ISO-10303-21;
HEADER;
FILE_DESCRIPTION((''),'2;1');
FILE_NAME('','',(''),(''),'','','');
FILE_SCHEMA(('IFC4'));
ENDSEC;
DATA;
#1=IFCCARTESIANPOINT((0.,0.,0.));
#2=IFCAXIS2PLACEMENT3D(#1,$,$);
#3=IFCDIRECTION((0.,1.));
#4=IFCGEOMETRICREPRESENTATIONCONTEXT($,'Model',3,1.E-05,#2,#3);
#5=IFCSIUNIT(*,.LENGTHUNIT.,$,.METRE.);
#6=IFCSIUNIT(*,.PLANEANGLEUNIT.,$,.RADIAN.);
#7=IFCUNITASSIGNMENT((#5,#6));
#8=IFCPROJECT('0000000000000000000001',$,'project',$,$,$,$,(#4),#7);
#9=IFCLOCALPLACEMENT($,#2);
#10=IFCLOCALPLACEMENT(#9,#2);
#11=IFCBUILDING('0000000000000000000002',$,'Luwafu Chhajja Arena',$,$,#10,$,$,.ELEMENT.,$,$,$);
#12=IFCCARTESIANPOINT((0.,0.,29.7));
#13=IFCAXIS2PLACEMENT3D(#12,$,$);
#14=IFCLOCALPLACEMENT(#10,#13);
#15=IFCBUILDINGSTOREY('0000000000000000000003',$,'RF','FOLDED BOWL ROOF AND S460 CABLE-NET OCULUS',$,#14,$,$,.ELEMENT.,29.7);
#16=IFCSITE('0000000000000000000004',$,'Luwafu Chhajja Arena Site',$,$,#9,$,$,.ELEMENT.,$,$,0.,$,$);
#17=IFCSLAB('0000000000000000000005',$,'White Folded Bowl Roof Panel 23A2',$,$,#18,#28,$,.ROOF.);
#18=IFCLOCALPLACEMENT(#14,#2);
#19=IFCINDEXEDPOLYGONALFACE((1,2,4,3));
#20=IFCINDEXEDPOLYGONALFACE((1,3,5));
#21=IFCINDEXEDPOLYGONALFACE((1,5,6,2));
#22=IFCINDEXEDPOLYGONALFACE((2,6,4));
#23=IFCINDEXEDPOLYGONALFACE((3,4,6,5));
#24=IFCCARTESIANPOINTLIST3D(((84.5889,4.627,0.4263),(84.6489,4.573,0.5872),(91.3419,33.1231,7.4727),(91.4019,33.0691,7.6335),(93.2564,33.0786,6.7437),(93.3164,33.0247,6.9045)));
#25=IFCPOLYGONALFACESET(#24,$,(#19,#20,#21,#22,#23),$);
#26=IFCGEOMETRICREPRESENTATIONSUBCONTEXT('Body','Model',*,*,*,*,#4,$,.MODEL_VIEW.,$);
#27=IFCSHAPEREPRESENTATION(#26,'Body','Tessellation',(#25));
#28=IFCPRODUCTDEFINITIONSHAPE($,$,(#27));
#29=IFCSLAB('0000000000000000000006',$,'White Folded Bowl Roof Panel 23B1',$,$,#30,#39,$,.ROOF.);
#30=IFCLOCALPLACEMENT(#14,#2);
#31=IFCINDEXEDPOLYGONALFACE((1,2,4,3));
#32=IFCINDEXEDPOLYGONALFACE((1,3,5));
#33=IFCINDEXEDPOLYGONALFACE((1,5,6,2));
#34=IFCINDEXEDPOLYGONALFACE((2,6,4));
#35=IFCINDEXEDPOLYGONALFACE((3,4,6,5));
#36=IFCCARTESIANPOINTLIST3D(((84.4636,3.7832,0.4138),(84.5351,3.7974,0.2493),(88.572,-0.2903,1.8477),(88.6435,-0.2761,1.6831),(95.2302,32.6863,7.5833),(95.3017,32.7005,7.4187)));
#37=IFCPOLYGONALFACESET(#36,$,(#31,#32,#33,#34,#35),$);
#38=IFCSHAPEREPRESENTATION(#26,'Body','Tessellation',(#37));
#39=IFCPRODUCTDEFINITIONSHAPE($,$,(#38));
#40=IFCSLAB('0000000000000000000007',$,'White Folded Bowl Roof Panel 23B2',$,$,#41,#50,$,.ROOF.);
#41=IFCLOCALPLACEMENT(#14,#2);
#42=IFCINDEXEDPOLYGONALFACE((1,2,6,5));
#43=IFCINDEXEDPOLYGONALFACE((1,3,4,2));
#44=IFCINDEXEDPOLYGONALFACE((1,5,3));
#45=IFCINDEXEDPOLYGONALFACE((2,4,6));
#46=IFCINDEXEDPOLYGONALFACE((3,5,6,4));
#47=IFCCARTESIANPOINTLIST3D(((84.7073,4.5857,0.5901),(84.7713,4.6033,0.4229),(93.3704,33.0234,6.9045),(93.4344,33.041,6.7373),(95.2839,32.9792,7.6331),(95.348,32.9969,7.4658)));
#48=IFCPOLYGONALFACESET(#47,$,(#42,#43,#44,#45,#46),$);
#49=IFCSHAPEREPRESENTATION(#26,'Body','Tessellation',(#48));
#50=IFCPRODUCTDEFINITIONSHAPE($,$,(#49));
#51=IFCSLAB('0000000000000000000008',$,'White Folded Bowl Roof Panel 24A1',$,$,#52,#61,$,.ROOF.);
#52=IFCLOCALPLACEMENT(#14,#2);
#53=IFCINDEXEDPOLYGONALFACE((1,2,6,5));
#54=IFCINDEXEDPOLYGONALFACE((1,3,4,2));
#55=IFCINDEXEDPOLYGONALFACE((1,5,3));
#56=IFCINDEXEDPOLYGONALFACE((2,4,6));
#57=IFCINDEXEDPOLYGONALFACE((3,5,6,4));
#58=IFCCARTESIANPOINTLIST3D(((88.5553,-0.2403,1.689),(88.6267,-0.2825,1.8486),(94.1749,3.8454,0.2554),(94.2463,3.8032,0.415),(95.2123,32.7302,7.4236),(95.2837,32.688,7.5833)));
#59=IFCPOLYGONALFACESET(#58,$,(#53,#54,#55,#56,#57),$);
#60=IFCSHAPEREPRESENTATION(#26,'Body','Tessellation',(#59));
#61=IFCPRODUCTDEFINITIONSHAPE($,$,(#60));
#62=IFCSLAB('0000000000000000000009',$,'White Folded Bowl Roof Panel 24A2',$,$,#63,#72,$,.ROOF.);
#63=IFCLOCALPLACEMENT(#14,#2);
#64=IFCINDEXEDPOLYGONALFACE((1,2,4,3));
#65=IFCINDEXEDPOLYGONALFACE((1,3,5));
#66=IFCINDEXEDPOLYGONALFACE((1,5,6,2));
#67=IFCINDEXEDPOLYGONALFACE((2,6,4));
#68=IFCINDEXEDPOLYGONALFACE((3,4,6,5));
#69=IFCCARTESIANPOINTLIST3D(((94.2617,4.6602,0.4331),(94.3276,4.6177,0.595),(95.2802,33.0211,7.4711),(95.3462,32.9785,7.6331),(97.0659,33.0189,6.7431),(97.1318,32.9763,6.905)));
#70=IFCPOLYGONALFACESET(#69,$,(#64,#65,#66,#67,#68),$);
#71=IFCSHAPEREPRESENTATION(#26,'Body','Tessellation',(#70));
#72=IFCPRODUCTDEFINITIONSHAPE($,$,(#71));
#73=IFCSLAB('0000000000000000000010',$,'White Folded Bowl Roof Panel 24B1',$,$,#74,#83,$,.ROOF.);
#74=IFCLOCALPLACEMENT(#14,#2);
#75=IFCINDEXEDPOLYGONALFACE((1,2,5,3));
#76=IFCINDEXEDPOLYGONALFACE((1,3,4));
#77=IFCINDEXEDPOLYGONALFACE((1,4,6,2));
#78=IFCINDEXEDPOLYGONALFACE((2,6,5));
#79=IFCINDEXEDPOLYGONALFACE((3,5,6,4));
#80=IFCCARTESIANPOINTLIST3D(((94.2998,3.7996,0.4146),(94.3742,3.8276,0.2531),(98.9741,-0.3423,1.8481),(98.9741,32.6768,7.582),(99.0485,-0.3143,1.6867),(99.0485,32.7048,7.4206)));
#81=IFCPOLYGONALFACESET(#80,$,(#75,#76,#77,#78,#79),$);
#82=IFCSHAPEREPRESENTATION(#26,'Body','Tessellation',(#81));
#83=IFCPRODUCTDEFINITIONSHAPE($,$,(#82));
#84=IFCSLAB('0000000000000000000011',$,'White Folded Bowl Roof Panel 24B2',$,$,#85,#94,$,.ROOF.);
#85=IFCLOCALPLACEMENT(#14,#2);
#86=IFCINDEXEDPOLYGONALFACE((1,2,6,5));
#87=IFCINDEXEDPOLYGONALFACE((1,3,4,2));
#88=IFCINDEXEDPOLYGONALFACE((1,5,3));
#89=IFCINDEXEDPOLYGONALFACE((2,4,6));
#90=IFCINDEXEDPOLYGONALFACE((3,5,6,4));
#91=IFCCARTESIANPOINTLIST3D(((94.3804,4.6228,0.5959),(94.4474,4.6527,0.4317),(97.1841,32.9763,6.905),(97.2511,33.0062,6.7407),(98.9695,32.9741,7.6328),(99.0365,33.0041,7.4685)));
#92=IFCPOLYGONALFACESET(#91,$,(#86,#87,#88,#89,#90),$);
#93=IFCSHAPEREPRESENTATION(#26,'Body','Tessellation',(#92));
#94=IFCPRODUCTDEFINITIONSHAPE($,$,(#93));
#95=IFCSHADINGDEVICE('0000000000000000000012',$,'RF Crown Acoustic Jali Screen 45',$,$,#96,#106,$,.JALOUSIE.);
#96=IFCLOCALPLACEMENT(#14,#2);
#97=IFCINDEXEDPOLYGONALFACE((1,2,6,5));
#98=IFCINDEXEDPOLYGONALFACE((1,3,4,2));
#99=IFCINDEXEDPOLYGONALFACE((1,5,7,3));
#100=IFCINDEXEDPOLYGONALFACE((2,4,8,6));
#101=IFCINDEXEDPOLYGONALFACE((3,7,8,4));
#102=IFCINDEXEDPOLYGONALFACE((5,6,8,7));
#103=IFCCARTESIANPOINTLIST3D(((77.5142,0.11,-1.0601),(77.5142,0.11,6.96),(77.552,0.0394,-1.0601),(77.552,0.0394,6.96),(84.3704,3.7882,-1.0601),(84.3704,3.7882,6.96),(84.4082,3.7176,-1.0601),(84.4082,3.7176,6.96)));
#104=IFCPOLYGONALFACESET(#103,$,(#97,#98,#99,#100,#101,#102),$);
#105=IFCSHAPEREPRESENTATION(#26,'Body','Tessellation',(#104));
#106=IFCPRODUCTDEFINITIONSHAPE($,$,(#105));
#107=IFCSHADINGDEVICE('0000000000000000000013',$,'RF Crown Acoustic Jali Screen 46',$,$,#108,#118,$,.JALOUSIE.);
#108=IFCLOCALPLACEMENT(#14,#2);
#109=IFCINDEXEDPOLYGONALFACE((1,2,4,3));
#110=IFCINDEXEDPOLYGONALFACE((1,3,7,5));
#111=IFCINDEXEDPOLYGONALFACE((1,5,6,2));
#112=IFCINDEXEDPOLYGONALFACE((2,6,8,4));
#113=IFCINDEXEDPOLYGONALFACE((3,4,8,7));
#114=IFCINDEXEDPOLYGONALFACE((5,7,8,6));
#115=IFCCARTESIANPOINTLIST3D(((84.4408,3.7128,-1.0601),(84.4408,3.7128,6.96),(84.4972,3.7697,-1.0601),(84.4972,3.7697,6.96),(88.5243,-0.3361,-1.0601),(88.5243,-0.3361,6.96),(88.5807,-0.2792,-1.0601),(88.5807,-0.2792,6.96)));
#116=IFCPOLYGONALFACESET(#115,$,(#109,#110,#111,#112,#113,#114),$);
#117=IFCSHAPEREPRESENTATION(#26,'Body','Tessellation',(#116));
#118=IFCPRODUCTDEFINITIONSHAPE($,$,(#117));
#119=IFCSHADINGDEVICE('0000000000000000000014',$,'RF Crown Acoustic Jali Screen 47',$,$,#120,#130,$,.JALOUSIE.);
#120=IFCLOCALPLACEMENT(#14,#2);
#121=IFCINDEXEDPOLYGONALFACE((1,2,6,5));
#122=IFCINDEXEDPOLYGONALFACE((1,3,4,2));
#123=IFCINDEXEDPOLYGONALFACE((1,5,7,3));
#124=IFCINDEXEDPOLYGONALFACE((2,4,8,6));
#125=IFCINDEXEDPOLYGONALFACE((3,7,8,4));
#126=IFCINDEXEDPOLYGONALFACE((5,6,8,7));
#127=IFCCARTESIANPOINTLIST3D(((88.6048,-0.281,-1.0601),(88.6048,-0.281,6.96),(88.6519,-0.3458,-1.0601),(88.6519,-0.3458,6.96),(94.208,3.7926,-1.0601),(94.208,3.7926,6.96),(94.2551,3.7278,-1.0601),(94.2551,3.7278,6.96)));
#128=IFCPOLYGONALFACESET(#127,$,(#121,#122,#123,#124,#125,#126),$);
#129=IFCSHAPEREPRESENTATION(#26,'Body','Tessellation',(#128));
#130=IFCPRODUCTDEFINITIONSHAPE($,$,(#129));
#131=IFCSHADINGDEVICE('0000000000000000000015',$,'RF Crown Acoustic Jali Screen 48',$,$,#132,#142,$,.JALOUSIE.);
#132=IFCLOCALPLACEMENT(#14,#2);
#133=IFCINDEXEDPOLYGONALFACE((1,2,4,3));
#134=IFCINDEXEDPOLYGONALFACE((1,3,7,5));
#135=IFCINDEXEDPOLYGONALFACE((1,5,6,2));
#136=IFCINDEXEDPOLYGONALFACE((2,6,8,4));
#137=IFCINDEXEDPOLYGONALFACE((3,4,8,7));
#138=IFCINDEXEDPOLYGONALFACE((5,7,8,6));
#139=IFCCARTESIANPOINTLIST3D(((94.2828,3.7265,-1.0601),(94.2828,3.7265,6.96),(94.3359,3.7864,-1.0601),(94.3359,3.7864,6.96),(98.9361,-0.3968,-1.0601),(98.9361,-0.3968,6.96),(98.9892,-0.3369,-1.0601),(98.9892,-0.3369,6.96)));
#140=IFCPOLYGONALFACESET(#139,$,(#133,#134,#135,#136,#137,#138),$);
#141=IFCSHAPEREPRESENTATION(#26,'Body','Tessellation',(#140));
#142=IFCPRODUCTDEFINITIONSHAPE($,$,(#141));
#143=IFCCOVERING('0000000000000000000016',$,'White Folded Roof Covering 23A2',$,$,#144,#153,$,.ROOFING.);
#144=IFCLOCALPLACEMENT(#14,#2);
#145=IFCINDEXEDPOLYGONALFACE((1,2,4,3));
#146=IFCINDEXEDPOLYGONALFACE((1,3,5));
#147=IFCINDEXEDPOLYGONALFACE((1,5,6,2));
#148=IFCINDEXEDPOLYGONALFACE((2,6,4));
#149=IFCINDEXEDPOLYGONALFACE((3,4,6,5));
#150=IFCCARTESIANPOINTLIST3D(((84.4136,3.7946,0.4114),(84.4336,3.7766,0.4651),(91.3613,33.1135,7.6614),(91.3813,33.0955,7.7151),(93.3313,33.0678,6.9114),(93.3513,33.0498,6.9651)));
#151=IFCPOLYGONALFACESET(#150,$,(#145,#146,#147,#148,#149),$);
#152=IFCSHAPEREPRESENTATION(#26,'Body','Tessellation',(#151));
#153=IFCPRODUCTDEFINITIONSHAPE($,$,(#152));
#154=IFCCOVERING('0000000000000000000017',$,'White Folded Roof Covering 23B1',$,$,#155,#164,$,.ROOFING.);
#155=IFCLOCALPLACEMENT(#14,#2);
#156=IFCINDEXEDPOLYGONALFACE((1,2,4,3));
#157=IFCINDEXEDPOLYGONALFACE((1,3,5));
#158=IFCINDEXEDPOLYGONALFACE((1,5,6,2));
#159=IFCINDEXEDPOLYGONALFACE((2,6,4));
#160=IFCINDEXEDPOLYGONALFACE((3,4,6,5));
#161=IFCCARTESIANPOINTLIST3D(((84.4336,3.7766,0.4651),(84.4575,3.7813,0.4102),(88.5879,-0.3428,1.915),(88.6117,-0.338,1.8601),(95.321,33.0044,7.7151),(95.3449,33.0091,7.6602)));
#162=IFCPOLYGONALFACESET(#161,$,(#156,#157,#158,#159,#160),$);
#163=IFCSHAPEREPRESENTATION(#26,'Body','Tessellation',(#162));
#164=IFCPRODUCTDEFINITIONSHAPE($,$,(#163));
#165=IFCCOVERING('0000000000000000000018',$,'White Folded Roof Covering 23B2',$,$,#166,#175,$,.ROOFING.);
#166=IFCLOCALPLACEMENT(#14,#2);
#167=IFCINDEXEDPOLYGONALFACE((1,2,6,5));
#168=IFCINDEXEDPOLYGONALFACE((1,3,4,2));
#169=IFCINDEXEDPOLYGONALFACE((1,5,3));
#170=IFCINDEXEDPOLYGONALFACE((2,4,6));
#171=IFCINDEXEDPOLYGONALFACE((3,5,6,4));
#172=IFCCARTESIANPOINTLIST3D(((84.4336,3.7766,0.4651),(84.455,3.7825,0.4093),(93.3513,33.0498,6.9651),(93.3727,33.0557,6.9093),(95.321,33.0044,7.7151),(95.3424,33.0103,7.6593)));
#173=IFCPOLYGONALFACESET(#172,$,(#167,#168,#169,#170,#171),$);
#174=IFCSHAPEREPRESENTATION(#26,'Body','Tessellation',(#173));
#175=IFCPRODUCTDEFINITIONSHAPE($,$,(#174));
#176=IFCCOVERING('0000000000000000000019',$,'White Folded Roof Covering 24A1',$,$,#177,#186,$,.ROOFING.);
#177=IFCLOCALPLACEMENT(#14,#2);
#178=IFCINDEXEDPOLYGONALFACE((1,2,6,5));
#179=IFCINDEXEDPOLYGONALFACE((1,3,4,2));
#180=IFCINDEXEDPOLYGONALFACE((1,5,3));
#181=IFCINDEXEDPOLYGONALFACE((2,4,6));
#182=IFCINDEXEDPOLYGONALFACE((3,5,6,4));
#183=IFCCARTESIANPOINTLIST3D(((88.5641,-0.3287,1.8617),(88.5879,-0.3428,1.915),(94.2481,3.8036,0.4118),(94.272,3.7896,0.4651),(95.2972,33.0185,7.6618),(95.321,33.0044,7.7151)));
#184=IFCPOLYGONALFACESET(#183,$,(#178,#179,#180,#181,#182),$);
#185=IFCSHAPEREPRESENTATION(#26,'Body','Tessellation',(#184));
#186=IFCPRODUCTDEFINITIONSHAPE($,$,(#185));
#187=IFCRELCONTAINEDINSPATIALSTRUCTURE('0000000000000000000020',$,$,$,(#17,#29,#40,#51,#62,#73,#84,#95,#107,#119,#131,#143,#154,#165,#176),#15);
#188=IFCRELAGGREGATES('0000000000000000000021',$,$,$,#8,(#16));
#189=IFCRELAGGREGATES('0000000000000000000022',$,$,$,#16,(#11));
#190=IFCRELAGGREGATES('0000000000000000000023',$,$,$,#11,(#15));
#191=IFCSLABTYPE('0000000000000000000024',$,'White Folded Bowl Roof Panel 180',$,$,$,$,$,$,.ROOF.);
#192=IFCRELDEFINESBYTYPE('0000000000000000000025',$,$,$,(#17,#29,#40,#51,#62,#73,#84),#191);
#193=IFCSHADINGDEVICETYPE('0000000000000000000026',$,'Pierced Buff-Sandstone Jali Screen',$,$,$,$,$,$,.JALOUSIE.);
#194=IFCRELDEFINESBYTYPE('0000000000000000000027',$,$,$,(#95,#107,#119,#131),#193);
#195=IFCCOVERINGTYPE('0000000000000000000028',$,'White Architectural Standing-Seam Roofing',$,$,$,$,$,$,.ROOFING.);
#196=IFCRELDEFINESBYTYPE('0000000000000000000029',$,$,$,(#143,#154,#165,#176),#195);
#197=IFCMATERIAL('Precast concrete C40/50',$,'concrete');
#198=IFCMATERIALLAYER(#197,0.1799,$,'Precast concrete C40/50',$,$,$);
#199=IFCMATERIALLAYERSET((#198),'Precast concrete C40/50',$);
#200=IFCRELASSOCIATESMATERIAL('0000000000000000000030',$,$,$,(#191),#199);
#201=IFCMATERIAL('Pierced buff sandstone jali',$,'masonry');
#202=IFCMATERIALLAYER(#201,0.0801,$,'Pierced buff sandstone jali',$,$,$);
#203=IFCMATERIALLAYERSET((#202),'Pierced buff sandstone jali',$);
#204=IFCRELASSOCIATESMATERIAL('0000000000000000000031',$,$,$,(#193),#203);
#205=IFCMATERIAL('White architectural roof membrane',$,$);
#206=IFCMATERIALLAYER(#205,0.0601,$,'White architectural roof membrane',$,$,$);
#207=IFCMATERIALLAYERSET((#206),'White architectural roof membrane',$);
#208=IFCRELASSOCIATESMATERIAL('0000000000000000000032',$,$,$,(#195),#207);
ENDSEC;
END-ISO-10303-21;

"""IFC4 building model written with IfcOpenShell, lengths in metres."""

from ifc_helpers import new_model, si_unit, direction, frame, origin, origin_2d, place, context, subcontext, project, spatial, polyline, rectangle, outline, extrude, material, layer, layer_set, type_object, element, save


model = new_model("IFC4")

# Units and contexts
model_context = context("Model", 3, precision=1e-05, world=origin(), true_north=direction((0.0, 1.0)))
body_context = subcontext(model_context, "Body", "Model", "MODEL_VIEW")
ifc_project = project(units=[si_unit("LENGTHUNIT", "METRE"), si_unit("PLANEANGLEUNIT", "RADIAN")], contexts=[model_context])

# Site, building, storey
site_placement = place(None, origin())
site = spatial("IfcSite", under=ifc_project, at=site_placement, Name="Luwafu Chhajja Arena Site", CompositionType="ELEMENT", RefElevation=0.0)
building_placement = place(site_placement, origin())
building = spatial("IfcBuilding", under=site, at=building_placement, Name="Luwafu Chhajja Arena", CompositionType="ELEMENT")
storey_placement = place(building_placement, frame((0.0, 0.0, 29.7)))
storey = spatial("IfcBuildingStorey", under=building, at=storey_placement, Name="RF", Description="FOLDED BOWL ROOF AND S460 CABLE-NET OCULUS", CompositionType="ELEMENT", Elevation=29.7)

# Slabs
ifc_material_1 = material(Name="Precast concrete C40/50", Category="concrete")
ifc_layer_1 = layer(ifc_material_1, 0.1799, Name="Precast concrete C40/50")
ifc_layer_set_1 = layer_set([ifc_layer_1], Name="Precast concrete C40/50")
slab_type = type_object("IfcSlabType", Name="White Folded Bowl Roof Panel 180", PredefinedType="ROOF", material=ifc_layer_set_1)
slab_1_placement = place(storey_placement, frame((84.6489, 4.573, 0.5872), z_axis=(0.333366, -0.300012, 0.89379), x_axis=(0.224193, 0.946051, 0.233935)))
element("IfcSlab", 1, at=slab_1_placement, inside=storey, type_object=slab_type, Name="White Folded Bowl Roof Panel 23A2", PredefinedType="ROOF", context=body_context, shape_type="SweptSolid", body=[
    extrude(outline(polyline([(0.0, 0.0), (30.1211, 0.0), (30.3378, -2.0376), (0.0, 0.0)])), origin(), (0.0, 0.0, -1.0), 0.1799),
])
slab_2_placement = place(storey_placement, frame((84.4636, 3.7832, 0.4138), z_axis=(-0.397249, -0.07882, 0.91432), x_axis=(0.34001, 0.91276, 0.226411)))
element("IfcSlab", 2, at=slab_2_placement, inside=storey, type_object=slab_type, Name="White Folded Bowl Roof Panel 23B1", PredefinedType="ROOF", context=body_context, shape_type="SweptSolid", body=[
    extrude(outline(polyline([(0.0, 0.0), (31.6656, 0.0), (-1.9966, -5.6162), (0.0, 0.0)])), origin(), (0.0, 0.0, -1.0), 0.1799),
])
slab_3_placement = place(storey_placement, frame((84.7073, 4.5857, 0.5901), z_axis=(-0.356062, -0.097883, 0.929322), x_axis=(0.285052, 0.935722, 0.207772)))
element("IfcSlab", 3, at=slab_3_placement, inside=storey, type_object=slab_type, Name="White Folded Bowl Roof Panel 23B2", PredefinedType="ROOF", context=body_context, shape_type="SweptSolid", body=[
    extrude(outline(polyline([(0.0, 0.0), (30.3912, 0.0), (31.0467, -1.9403), (0.0, 0.0)])), origin(), (0.0, 0.0, -1.0), 0.1799),
])
slab_4_placement = place(storey_placement, frame((88.6267, -0.2825, 1.8486), z_axis=(0.396862, -0.234481, 0.887423), x_axis=(0.195098, 0.966276, 0.168066)))
element("IfcSlab", 4, at=slab_4_placement, inside=storey, type_object=slab_type, Name="White Folded Bowl Roof Panel 24A1", PredefinedType="ROOF", context=body_context, shape_type="SweptSolid", body=[
    extrude(outline(polyline([(0.0, 0.0), (34.1211, 0.0), (4.8034, -5.2207), (0.0, 0.0)])), origin(), (0.0, 0.0, -1.0), 0.1799),
])
slab_5_placement = place(storey_placement, frame((94.3276, 4.6177, 0.595), z_axis=(0.366581, -0.23647, 0.899833), x_axis=(0.034836, 0.969972, 0.24071)))
element("IfcSlab", 5, at=slab_5_placement, inside=storey, type_object=slab_type, Name="White Folded Bowl Roof Panel 24A2", PredefinedType="ROOF", context=body_context, shape_type="SweptSolid", body=[
    extrude(outline(polyline([(0.0, 0.0), (29.2388, 0.0), (29.1237, -1.9249), (0.0, 0.0)])), origin(), (0.0, 0.0, -1.0), 0.1799),
])
slab_6_placement = place(storey_placement, frame((94.2998, 3.7996, 0.4146), z_axis=(-0.413223, -0.155803, 0.897202), x_axis=(0.155198, 0.958791, 0.237977)))
element("IfcSlab", 6, at=slab_6_placement, inside=storey, type_object=slab_type, Name="White Folded Bowl Roof Panel 24B1", PredefinedType="ROOF", context=body_context, shape_type="SweptSolid", body=[
    extrude(outline(polyline([(0.0, 0.0), (30.1183, 0.0), (-2.9046, -5.7116), (0.0, 0.0)])), origin(), (0.0, 0.0, -1.0), 0.1799),
])
slab_7_placement = place(storey_placement, frame((94.3804, 4.6228, 0.5959), z_axis=(-0.37239, -0.166343, 0.913047), x_axis=(0.096077, 0.971611, 0.216198)))
element("IfcSlab", 7, at=slab_7_placement, inside=storey, type_object=slab_type, Name="White Folded Bowl Roof Panel 24B2", PredefinedType="ROOF", context=body_context, shape_type="SweptSolid", body=[
    extrude(outline(polyline([(0.0, 0.0), (29.182, 0.0), (29.5087, -1.9001), (0.0, 0.0)])), origin(), (0.0, 0.0, -1.0), 0.1799),
])

# Shading devices
ifc_material_2 = material(Name="Pierced buff sandstone jali", Category="masonry")
ifc_layer_2 = layer(ifc_material_2, 0.0801, Name="Pierced buff sandstone jali")
ifc_layer_set_2 = layer_set([ifc_layer_2], Name="Pierced buff sandstone jali")
shading_device_type = type_object("IfcShadingDeviceType", Name="Pierced Buff-Sandstone Jali Screen", PredefinedType="JALOUSIE", material=ifc_layer_set_2)
shading_device_1_placement = place(storey_placement, frame((80.9612, 1.9138, -1.0601), z_axis=(0.0, 0.0, 1.0), x_axis=(0.881201, 0.472742, 0.0)))
element("IfcShadingDevice", 8, at=shading_device_1_placement, inside=storey, type_object=shading_device_type, Name="RF Crown Acoustic Jali Screen 45", PredefinedType="JALOUSIE", context=body_context, shape_type="SweptSolid", body=[
    extrude(rectangle(XDim=7.7805, YDim=0.0801, at=origin_2d()), origin(), (0.0, 0.0, 1.0), 8.02),
])
shading_device_2_placement = place(storey_placement, frame((86.5107, 1.7168, -1.0601), z_axis=(0.0, 0.0, 1.0), x_axis=(0.710109, -0.704092, 0.0)))
element("IfcShadingDevice", 9, at=shading_device_2_placement, inside=storey, type_object=shading_device_type, Name="RF Crown Acoustic Jali Screen 46", PredefinedType="JALOUSIE", context=body_context, shape_type="SweptSolid", body=[
    extrude(rectangle(XDim=5.7505, YDim=0.0801, at=origin_2d()), origin(), (0.0, 0.0, 1.0), 8.02),
])
shading_device_3_placement = place(storey_placement, frame((91.4299, 1.7234, -1.0601), z_axis=(0.0, 0.0, 1.0), x_axis=(0.808839, 0.58803, 0.0)))
element("IfcShadingDevice", 10, at=shading_device_3_placement, inside=storey, type_object=shading_device_type, Name="RF Crown Acoustic Jali Screen 47", PredefinedType="JALOUSIE", context=body_context, shape_type="SweptSolid", body=[
    extrude(rectangle(XDim=6.9275, YDim=0.0801, at=origin_2d()), origin(), (0.0, 0.0, 1.0), 8.02),
])
shading_device_4_placement = place(storey_placement, frame((96.636, 1.6948, -1.0601), z_axis=(0.0, 0.0, 1.0), x_axis=(0.748442, -0.6632, 0.0)))
element("IfcShadingDevice", 11, at=shading_device_4_placement, inside=storey, type_object=shading_device_type, Name="RF Crown Acoustic Jali Screen 48", PredefinedType="JALOUSIE", context=body_context, shape_type="SweptSolid", body=[
    extrude(rectangle(XDim=6.2173, YDim=0.0801, at=origin_2d()), origin(), (0.0, 0.0, 1.0), 8.02),
])

# Coverings
ifc_material_3 = material(Name="White architectural roof membrane")
ifc_layer_3 = layer(ifc_material_3, 0.0601, Name="White architectural roof membrane")
ifc_layer_set_3 = layer_set([ifc_layer_3], Name="White architectural roof membrane")
covering_type = type_object("IfcCoveringType", Name="White Architectural Standing-Seam Roofing", PredefinedType="ROOFING", material=ifc_layer_set_3)
covering_1_placement = place(storey_placement, frame((84.4336, 3.7766, 0.4651), z_axis=(0.333332, -0.300011, 0.893802), x_axis=(0.285056, 0.935721, 0.207773)))
element("IfcCovering", 12, at=covering_1_placement, inside=storey, type_object=covering_type, Name="White Folded Roof Covering 23A2", PredefinedType="ROOFING", context=body_context, shape_type="SweptSolid", body=[
    extrude(outline(polyline([(0.0, 0.0), (31.2841, 0.0), (30.9211, 2.0769), (0.0, 0.0)])), origin(), (0.0, 0.0, -1.0), 0.0601),
])
covering_2_placement = place(storey_placement, frame((84.4336, 3.7766, 0.4651), z_axis=(-0.397268, -0.078813, 0.914312), x_axis=(0.689232, -0.68344, 0.240559)))
element("IfcCovering", 13, at=covering_2_placement, inside=storey, type_object=covering_type, Name="White Folded Roof Covering 23B1", PredefinedType="ROOFING", context=body_context, shape_type="SweptSolid", body=[
    extrude(outline(polyline([(0.0, 0.0), (6.0274, 0.0), (-10.7274, 30.1709), (0.0, 0.0)])), origin(), (0.0, 0.0, -1.0), 0.0601),
])
covering_3_placement = place(storey_placement, frame((84.4336, 3.7766, 0.4651), z_axis=(-0.356103, -0.097867, 0.929308), x_axis=(0.340007, 0.912761, 0.226412)))
element("IfcCovering", 14, at=covering_3_placement, inside=storey, type_object=covering_type, Name="White Folded Roof Covering 23B2", PredefinedType="ROOFING", context=body_context, shape_type="SweptSolid", body=[
    extrude(outline(polyline([(0.0, 0.0), (32.0213, 0.0), (31.2232, 1.9513), (0.0, 0.0)])), origin(), (0.0, 0.0, -1.0), 0.0601),
])
covering_4_placement = place(storey_placement, frame((88.5879, -0.3428, 1.915), z_axis=(0.39684, -0.234477, 0.887434), x_axis=(0.792156, 0.575897, -0.202071)))
element("IfcCovering", 15, at=covering_4_placement, inside=storey, type_object=covering_type, Name="White Folded Roof Covering 24A1", PredefinedType="ROOFING", context=body_context, shape_type="SweptSolid", body=[
    extrude(outline(polyline([(0.0, 0.0), (7.1755, 0.0), (23.3662, 25.3974), (0.0, 0.0)])), origin(), (0.0, 0.0, -1.0), 0.0601),
])

save(model, "model.ifc")
